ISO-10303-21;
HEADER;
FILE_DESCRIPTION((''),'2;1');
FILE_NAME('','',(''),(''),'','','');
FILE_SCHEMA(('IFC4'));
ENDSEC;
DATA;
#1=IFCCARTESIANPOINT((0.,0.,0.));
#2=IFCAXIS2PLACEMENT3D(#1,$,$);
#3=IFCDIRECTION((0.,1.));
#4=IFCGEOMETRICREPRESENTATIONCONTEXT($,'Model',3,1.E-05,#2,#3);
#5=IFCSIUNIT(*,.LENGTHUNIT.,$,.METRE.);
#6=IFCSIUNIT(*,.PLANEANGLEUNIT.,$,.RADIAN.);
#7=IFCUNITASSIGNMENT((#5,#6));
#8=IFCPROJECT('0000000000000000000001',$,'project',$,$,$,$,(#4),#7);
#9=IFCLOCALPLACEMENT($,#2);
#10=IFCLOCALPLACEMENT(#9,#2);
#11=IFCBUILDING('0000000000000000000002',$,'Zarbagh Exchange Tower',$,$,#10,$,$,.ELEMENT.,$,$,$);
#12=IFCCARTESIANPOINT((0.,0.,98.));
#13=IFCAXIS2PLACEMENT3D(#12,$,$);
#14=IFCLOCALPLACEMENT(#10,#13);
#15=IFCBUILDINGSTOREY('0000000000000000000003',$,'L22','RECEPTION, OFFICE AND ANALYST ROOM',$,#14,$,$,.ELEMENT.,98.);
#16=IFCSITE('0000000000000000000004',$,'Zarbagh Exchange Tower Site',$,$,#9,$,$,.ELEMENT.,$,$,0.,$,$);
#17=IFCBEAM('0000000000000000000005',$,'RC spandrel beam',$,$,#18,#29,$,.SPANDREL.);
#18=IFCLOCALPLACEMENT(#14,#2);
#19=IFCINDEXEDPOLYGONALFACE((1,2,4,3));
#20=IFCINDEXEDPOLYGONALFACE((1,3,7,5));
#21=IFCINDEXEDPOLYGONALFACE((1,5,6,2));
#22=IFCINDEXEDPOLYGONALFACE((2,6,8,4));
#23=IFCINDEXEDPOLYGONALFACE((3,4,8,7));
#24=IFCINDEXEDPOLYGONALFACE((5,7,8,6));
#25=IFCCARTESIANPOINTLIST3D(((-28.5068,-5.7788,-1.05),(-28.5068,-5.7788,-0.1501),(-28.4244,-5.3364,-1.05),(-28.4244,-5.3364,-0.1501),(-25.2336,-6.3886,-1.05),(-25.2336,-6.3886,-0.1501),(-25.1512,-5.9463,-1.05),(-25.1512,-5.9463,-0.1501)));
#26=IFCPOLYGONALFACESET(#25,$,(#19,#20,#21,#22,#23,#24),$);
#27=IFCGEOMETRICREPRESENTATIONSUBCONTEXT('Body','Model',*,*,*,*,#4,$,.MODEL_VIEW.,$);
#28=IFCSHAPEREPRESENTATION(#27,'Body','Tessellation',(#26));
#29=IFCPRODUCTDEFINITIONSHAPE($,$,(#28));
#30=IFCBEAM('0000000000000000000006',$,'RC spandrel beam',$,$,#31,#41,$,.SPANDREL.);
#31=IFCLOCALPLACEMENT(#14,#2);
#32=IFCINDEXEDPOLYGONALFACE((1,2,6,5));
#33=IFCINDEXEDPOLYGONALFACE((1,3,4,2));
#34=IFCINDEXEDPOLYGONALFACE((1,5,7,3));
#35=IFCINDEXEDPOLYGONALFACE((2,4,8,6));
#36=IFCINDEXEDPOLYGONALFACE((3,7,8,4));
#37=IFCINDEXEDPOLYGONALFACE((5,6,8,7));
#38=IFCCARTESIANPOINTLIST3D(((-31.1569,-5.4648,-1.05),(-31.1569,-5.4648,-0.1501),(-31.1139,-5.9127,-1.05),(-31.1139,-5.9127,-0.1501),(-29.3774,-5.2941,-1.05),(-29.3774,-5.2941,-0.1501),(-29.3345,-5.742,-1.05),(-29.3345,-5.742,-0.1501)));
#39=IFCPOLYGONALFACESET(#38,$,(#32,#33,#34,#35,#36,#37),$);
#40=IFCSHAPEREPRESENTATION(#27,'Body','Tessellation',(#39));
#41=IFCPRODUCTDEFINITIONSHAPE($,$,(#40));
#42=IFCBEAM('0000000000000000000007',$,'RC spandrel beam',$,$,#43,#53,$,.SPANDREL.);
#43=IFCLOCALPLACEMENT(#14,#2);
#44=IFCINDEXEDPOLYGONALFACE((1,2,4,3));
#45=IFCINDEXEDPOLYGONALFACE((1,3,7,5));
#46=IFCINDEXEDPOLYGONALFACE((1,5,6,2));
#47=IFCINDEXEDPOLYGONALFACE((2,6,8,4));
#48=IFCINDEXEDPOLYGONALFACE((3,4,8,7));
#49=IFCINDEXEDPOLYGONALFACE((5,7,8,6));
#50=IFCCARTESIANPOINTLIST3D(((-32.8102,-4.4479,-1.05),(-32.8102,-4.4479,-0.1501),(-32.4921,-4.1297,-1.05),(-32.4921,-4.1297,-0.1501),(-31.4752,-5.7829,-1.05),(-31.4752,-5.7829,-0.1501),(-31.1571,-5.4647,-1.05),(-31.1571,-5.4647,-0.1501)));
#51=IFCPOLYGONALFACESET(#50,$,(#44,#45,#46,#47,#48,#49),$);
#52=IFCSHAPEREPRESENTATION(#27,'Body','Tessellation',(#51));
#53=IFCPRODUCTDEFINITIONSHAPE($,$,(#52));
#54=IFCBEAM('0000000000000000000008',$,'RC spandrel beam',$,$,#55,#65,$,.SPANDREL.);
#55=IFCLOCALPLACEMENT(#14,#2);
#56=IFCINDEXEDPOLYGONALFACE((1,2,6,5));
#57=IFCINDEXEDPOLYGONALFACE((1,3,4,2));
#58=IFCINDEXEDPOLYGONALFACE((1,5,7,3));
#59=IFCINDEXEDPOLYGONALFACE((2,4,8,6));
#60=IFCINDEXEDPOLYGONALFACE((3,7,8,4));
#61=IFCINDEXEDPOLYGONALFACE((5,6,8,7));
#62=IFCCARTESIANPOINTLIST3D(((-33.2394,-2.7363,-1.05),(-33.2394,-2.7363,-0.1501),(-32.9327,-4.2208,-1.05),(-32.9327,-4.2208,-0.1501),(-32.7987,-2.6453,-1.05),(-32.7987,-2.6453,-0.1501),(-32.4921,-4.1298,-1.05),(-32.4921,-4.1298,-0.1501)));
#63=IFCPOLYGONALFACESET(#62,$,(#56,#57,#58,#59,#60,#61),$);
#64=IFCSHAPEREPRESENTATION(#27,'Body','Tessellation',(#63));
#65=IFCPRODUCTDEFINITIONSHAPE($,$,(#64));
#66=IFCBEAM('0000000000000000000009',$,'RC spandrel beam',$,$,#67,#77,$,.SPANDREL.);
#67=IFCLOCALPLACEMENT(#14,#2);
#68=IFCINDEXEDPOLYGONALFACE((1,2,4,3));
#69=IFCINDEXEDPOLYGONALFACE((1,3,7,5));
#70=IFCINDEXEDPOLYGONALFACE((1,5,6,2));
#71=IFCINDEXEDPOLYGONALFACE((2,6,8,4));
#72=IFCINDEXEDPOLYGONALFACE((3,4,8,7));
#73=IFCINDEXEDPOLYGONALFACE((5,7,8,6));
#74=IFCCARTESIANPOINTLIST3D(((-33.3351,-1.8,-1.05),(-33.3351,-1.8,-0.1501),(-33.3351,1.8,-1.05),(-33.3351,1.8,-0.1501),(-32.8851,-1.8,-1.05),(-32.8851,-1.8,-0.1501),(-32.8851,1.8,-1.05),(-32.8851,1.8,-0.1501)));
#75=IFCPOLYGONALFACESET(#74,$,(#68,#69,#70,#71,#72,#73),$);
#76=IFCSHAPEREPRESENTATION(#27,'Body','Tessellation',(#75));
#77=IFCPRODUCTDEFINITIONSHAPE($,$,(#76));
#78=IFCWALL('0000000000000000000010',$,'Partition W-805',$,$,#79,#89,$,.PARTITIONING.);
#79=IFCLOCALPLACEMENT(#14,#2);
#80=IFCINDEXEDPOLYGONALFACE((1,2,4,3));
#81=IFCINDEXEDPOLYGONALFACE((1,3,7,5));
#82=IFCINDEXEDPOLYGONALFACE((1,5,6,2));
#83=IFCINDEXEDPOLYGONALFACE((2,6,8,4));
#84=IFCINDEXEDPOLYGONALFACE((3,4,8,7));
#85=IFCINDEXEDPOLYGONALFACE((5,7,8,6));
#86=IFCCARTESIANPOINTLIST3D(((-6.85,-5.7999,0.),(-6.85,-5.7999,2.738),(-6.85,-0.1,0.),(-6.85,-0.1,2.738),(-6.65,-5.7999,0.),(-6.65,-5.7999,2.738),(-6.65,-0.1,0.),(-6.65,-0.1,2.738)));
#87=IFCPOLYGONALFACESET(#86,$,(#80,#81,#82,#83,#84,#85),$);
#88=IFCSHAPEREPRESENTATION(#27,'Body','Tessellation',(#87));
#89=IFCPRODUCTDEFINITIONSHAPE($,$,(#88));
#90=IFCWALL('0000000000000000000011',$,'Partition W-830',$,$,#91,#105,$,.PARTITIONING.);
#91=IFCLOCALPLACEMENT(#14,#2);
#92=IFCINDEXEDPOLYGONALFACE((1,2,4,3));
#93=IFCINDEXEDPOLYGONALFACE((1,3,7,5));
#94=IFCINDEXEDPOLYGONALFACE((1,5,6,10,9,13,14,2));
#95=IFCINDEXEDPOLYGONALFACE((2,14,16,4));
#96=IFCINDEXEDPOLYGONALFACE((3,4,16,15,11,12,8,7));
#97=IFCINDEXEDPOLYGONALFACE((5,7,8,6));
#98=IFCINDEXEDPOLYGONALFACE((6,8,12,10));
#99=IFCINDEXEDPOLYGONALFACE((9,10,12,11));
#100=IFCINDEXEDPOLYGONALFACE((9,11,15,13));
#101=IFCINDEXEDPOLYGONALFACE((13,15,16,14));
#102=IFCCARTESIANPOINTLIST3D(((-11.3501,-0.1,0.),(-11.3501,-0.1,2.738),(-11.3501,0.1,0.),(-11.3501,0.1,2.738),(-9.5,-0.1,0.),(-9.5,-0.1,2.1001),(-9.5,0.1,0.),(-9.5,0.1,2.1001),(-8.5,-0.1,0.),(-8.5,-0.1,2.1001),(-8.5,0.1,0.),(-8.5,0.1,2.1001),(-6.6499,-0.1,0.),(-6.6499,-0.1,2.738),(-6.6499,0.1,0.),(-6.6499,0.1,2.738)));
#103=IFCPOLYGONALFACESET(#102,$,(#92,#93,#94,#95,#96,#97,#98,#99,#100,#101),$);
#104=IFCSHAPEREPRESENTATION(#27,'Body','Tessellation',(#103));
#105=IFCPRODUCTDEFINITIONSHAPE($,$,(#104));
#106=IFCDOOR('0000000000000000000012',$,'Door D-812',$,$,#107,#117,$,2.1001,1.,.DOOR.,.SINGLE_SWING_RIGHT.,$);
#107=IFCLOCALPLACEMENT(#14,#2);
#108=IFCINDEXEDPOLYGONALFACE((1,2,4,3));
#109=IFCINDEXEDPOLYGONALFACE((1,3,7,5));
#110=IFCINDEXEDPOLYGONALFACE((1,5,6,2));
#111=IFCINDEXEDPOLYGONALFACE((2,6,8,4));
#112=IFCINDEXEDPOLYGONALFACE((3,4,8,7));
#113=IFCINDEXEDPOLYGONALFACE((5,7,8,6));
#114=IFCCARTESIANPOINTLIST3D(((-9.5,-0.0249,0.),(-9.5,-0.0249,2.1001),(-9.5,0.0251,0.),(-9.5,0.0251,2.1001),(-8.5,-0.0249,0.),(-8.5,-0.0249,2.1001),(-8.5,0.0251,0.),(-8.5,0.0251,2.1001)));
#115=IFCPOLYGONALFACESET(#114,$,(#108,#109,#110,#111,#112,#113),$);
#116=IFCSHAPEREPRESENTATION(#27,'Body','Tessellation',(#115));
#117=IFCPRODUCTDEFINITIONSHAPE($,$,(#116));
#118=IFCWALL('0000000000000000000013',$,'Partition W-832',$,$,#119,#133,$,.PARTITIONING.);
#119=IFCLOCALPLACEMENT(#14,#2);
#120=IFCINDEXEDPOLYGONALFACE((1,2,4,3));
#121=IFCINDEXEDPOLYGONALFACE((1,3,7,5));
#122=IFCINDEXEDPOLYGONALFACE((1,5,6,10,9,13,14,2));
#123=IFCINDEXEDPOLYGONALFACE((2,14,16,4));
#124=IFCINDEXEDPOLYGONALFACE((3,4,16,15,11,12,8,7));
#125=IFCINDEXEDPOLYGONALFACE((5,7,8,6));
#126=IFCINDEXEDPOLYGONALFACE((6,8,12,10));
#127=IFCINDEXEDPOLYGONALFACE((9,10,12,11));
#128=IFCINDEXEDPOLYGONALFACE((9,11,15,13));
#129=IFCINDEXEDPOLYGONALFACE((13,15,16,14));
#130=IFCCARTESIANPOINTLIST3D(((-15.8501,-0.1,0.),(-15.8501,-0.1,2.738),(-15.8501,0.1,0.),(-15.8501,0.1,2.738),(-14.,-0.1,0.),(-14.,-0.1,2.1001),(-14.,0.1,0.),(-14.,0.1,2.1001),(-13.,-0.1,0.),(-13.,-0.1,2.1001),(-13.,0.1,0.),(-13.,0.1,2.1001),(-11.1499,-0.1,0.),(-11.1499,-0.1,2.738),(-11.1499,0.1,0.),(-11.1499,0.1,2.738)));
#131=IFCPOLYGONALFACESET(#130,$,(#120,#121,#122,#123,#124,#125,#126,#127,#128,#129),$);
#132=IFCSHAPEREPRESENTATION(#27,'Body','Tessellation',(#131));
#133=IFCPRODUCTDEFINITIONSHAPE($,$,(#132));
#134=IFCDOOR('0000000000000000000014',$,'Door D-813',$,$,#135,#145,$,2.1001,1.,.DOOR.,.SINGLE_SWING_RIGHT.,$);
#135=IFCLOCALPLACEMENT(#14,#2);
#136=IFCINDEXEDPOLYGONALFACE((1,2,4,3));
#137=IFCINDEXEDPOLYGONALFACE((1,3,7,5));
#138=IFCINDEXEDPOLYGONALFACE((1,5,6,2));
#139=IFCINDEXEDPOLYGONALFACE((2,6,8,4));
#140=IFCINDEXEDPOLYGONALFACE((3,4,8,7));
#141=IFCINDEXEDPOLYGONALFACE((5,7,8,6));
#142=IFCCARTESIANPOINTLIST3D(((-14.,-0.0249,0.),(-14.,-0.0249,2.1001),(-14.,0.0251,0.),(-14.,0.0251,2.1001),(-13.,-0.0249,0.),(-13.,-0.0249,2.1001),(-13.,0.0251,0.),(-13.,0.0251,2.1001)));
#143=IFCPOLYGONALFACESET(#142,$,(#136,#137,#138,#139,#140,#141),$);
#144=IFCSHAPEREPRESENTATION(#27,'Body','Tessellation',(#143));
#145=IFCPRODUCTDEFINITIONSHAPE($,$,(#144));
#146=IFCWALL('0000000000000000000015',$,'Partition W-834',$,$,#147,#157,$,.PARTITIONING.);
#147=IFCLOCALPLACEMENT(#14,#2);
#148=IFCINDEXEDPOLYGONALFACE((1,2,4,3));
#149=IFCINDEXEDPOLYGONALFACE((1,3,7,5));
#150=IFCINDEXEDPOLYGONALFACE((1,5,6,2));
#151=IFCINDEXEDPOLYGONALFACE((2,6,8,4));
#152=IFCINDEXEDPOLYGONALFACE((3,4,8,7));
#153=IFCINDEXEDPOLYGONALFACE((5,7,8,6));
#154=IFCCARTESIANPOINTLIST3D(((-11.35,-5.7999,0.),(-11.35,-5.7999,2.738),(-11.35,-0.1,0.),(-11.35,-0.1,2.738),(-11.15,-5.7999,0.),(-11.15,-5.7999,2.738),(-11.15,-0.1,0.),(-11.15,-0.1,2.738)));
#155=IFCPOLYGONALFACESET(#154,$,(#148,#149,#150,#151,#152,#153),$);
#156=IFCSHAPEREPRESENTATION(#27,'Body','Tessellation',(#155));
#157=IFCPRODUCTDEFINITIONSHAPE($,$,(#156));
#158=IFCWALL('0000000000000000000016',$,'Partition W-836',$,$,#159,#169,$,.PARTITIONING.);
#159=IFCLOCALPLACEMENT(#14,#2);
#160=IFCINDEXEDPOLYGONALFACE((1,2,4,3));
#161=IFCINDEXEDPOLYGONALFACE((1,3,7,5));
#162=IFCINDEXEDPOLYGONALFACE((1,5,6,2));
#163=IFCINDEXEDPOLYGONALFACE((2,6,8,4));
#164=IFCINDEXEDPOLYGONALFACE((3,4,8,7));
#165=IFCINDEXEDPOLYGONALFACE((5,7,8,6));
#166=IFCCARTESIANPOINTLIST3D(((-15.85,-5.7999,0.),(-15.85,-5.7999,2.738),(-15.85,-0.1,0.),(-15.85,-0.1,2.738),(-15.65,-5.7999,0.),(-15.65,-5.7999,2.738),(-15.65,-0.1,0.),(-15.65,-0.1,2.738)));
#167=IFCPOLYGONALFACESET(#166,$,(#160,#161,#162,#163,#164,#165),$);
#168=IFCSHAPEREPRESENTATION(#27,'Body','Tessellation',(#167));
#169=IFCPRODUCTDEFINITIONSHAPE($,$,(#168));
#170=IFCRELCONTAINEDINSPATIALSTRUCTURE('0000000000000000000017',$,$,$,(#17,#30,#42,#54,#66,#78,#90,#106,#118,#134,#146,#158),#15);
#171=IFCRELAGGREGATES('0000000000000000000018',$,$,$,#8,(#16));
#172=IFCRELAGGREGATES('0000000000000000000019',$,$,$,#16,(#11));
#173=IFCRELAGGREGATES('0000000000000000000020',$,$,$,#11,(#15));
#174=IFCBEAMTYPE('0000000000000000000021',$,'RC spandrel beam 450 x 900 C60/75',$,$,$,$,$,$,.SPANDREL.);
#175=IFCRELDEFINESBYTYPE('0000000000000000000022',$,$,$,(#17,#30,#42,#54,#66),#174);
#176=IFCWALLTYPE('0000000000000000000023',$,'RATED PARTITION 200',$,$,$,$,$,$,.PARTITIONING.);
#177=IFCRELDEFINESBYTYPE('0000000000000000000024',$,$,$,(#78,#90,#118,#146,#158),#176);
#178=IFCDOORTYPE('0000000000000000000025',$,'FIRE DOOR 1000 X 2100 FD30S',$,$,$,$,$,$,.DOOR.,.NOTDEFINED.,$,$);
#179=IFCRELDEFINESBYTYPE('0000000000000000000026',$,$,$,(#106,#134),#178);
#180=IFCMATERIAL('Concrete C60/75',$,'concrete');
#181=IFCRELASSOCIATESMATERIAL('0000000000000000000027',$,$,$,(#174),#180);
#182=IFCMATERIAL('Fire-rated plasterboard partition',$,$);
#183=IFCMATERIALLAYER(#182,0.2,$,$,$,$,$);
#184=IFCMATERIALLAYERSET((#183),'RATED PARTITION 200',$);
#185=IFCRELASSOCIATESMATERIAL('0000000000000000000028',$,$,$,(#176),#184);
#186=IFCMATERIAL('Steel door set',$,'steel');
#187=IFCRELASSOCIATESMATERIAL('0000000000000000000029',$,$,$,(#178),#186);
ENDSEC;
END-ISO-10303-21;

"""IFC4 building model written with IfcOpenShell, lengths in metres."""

from ifc_helpers import new_model, si_unit, direction, frame, frame_2d, origin, origin_2d, place, context, subcontext, project, spatial, rectangle, extrude, material, layer, layer_set, material_profile, profile_set, type_object, element, fill, save


model = new_model("IFC4")

# Units and contexts
model_context = context("Model", 3, precision=1e-05, world=origin(), true_north=direction((0.0, 1.0)))
body_context = subcontext(model_context, "Body", "Model", "MODEL_VIEW")
ifc_project = project(units=[si_unit("LENGTHUNIT", "METRE"), si_unit("PLANEANGLEUNIT", "RADIAN")], contexts=[model_context])

# Site, building, storey
site_placement = place(None, origin())
site = spatial("IfcSite", under=ifc_project, at=site_placement, Name="Zarbagh Exchange Tower Site", CompositionType="ELEMENT", RefElevation=0.0)
building_placement = place(site_placement, origin())
building = spatial("IfcBuilding", under=site, at=building_placement, Name="Zarbagh Exchange Tower", CompositionType="ELEMENT")
storey_placement = place(building_placement, frame((0.0, 0.0, 98.0)))
storey = spatial("IfcBuildingStorey", under=building, at=storey_placement, Name="L22", Description="RECEPTION, OFFICE AND ANALYST ROOM", CompositionType="ELEMENT", Elevation=98.0)

# Shared definitions
ifc_material_1 = material(Name="Concrete C60/75", Category="concrete")

# Beams
ifc_material_profile_1 = material_profile(ifc_material_1, rectangle(XDim=0.45, YDim=0.8999, at=origin_2d()), Name="RC spandrel beam 450 x 900 C60/75")
ifc_profile_set_1 = profile_set([ifc_material_profile_1], Name="Concrete C60/75")
beam_type_1 = type_object("IfcBeamType", Name="RC spandrel beam 450 x 900 C60/75", PredefinedType="SPANDREL", material=ifc_profile_set_1)
beam_1_placement = place(storey_placement, frame((-25.1924, -6.1675, -0.6001), z_axis=(-0.983082, 0.183168, 0.0), x_axis=(-0.183168, -0.983082, 0.0)))
element("IfcBeam", 1, at=beam_1_placement, inside=storey, type_object=beam_type_1, Name="RC spandrel beam", PredefinedType="SPANDREL", context=body_context, shape_type="SweptSolid", body=[
    extrude(rectangle(XDim=0.45, YDim=0.8999, at=origin_2d()), origin(), (0.0, 0.0, 1.0), 3.3296),
])
beam_2_placement = place(storey_placement, frame((-29.356, -5.5181, -0.6001), z_axis=(-0.995433, -0.09546, 0.0), x_axis=(0.09546, -0.995433, 0.0)))
element("IfcBeam", 2, at=beam_2_placement, inside=storey, type_object=beam_type_1, Name="RC spandrel beam", PredefinedType="SPANDREL", context=body_context, shape_type="SweptSolid", body=[
    extrude(rectangle(XDim=0.45, YDim=0.8999, at=origin_2d()), origin(), (0.0, 0.0, 1.0), 1.7876),
])
beam_3_placement = place(storey_placement, frame((-31.3162, -5.6238, -0.6001), z_axis=(-0.707107, 0.707107, 0.0), x_axis=(-0.707107, -0.707107, 0.0)))
element("IfcBeam", 3, at=beam_3_placement, inside=storey, type_object=beam_type_1, Name="RC spandrel beam", PredefinedType="SPANDREL", context=body_context, shape_type="SweptSolid", body=[
    extrude(rectangle(XDim=0.45, YDim=0.8999, at=origin_2d()), origin(), (0.0, 0.0, 1.0), 1.8879),
])
beam_4_placement = place(storey_placement, frame((-32.7124, -4.1753, -0.6001), z_axis=(-0.202275, 0.979329, 0.0), x_axis=(-0.979329, -0.202275, 0.0)))
element("IfcBeam", 4, at=beam_4_placement, inside=storey, type_object=beam_type_1, Name="RC spandrel beam", PredefinedType="SPANDREL", context=body_context, shape_type="SweptSolid", body=[
    extrude(rectangle(XDim=0.45, YDim=0.8999, at=origin_2d()), origin(), (0.0, 0.0, 1.0), 1.5159),
])
beam_5_placement = place(storey_placement, frame((-33.1101, -1.8, -0.6001), z_axis=(0.0, 1.0, 0.0), x_axis=(-1.0, 0.0, 0.0)))
element("IfcBeam", 5, at=beam_5_placement, inside=storey, type_object=beam_type_1, Name="RC spandrel beam", PredefinedType="SPANDREL", context=body_context, shape_type="SweptSolid", body=[
    extrude(rectangle(XDim=0.45, YDim=0.8999, at=origin_2d()), origin(), (0.0, 0.0, 1.0), 3.6001),
])

# Wall
ifc_material_2 = material(Name="Fire-rated plasterboard partition")
ifc_layer = layer(ifc_material_2, 0.2)
ifc_layer_set = layer_set([ifc_layer], Name="RATED PARTITION 200")
wall_type = type_object("IfcWallType", Name="RATED PARTITION 200", PredefinedType="PARTITIONING", material=ifc_layer_set)
wall_1_placement = place(storey_placement, frame((-6.75, -5.8, 0.0), z_axis=(0.0, 0.0, 1.0), x_axis=(0.0, 1.0, 0.0)))
element("IfcWall", 6, at=wall_1_placement, inside=storey, type_object=wall_type, Name="Partition W-805", PredefinedType="PARTITIONING", context=body_context, shape_type="SweptSolid", body=[
    extrude(rectangle(XDim=5.7, YDim=0.2, at=frame_2d((2.8501, 0.0))), origin(), (0.0, 0.0, 1.0), 2.738),
])

# Walls, openings, doors
wall_2_placement = place(storey_placement, frame((-6.6499, 0.0, 0.0), z_axis=(0.0, 0.0, 1.0), x_axis=(-1.0, 0.0, 0.0)))
wall_2 = element("IfcWall", 7, at=wall_2_placement, inside=storey, type_object=wall_type, Name="Partition W-830", PredefinedType="PARTITIONING", context=body_context, shape_type="SweptSolid", body=[
    extrude(rectangle(XDim=4.7002, YDim=0.2, at=frame_2d((2.3501, 0.0))), origin(), (0.0, 0.0, 1.0), 2.738),
])
opening_1_placement = place(wall_2_placement, frame((1.8501, 0.0, 0.0)))
opening_1 = element("IfcOpeningElement", 8, at=opening_1_placement, cuts=wall_2, PredefinedType="OPENING", context=body_context, shape_type="SweptSolid", body=[
    extrude(rectangle(XDim=1.0, YDim=2.1001, at=frame_2d((0.5, 1.05))), frame((0.0, 0.1099, 0.0), z_axis=(0.0, -1.0, 0.0), x_axis=(1.0, 0.0, 0.0)), (0.0, 0.0, 1.0), 0.22),
])
ifc_material_3 = material(Name="Steel door set", Category="steel")
door_type = type_object("IfcDoorType", Name="FIRE DOOR 1000 X 2100 FD30S", OperationType="NOTDEFINED", PredefinedType="DOOR", material=ifc_material_3)
door_1_placement = place(opening_1_placement, origin())
door_1 = element("IfcDoor", 9, at=door_1_placement, inside=storey, type_object=door_type, Name="Door D-812", OperationType="SINGLE_SWING_RIGHT", OverallHeight=2.1001, OverallWidth=1.0, PredefinedType="DOOR", context=body_context, shape_type="SweptSolid", body=[
    extrude(rectangle(XDim=1.0, YDim=2.1001, at=frame_2d((0.5, 1.05))), frame((0.0, 0.0249, 0.0), z_axis=(0.0, -1.0, 0.0), x_axis=(1.0, 0.0, 0.0)), (0.0, 0.0, 1.0), 0.05),
])
fill(opening_1, door_1)
wall_3_placement = place(storey_placement, frame((-11.1499, 0.0, 0.0), z_axis=(0.0, 0.0, 1.0), x_axis=(-1.0, 0.0, 0.0)))
wall_3 = element("IfcWall", 10, at=wall_3_placement, inside=storey, type_object=wall_type, Name="Partition W-832", PredefinedType="PARTITIONING", context=body_context, shape_type="SweptSolid", body=[
    extrude(rectangle(XDim=4.7002, YDim=0.2, at=frame_2d((2.3501, 0.0))), origin(), (0.0, 0.0, 1.0), 2.738),
])
opening_2_placement = place(wall_3_placement, frame((1.8501, 0.0, 0.0)))
opening_2 = element("IfcOpeningElement", 11, at=opening_2_placement, cuts=wall_3, PredefinedType="OPENING", context=body_context, shape_type="SweptSolid", body=[
    extrude(rectangle(XDim=1.0, YDim=2.1001, at=frame_2d((0.5, 1.05))), frame((0.0, 0.1099, 0.0), z_axis=(0.0, -1.0, 0.0), x_axis=(1.0, 0.0, 0.0)), (0.0, 0.0, 1.0), 0.22),
])
door_2_placement = place(opening_2_placement, origin())
door_2 = element("IfcDoor", 12, at=door_2_placement, inside=storey, type_object=door_type, Name="Door D-813", OperationType="SINGLE_SWING_RIGHT", OverallHeight=2.1001, OverallWidth=1.0, PredefinedType="DOOR", context=body_context, shape_type="SweptSolid", body=[
    extrude(rectangle(XDim=1.0, YDim=2.1001, at=frame_2d((0.5, 1.05))), frame((0.0, 0.0249, 0.0), z_axis=(0.0, -1.0, 0.0), x_axis=(1.0, 0.0, 0.0)), (0.0, 0.0, 1.0), 0.05),
])
fill(opening_2, door_2)

# Walls
for number, where, z_axis, x_axis, name in (
    (13, (-11.25, -5.8, 0.0), (0.0, 0.0, 1.0), (0.0, 1.0, 0.0), "Partition W-834"),
    (14, (-15.75, -5.8, 0.0), (0.0, 0.0, 1.0), (0.0, 1.0, 0.0), "Partition W-836"),
):
    element("IfcWall", number, at=place(storey_placement, frame(where, z_axis=z_axis, x_axis=x_axis)), inside=storey, type_object=wall_type, Name=name, PredefinedType="PARTITIONING", context=body_context, shape_type="SweptSolid", body=[
        extrude(rectangle(XDim=5.7, YDim=0.2, at=frame_2d((2.8501, 0.0))), origin(), (0.0, 0.0, 1.0), 2.738),
    ])

save(model, "model.ifc")
